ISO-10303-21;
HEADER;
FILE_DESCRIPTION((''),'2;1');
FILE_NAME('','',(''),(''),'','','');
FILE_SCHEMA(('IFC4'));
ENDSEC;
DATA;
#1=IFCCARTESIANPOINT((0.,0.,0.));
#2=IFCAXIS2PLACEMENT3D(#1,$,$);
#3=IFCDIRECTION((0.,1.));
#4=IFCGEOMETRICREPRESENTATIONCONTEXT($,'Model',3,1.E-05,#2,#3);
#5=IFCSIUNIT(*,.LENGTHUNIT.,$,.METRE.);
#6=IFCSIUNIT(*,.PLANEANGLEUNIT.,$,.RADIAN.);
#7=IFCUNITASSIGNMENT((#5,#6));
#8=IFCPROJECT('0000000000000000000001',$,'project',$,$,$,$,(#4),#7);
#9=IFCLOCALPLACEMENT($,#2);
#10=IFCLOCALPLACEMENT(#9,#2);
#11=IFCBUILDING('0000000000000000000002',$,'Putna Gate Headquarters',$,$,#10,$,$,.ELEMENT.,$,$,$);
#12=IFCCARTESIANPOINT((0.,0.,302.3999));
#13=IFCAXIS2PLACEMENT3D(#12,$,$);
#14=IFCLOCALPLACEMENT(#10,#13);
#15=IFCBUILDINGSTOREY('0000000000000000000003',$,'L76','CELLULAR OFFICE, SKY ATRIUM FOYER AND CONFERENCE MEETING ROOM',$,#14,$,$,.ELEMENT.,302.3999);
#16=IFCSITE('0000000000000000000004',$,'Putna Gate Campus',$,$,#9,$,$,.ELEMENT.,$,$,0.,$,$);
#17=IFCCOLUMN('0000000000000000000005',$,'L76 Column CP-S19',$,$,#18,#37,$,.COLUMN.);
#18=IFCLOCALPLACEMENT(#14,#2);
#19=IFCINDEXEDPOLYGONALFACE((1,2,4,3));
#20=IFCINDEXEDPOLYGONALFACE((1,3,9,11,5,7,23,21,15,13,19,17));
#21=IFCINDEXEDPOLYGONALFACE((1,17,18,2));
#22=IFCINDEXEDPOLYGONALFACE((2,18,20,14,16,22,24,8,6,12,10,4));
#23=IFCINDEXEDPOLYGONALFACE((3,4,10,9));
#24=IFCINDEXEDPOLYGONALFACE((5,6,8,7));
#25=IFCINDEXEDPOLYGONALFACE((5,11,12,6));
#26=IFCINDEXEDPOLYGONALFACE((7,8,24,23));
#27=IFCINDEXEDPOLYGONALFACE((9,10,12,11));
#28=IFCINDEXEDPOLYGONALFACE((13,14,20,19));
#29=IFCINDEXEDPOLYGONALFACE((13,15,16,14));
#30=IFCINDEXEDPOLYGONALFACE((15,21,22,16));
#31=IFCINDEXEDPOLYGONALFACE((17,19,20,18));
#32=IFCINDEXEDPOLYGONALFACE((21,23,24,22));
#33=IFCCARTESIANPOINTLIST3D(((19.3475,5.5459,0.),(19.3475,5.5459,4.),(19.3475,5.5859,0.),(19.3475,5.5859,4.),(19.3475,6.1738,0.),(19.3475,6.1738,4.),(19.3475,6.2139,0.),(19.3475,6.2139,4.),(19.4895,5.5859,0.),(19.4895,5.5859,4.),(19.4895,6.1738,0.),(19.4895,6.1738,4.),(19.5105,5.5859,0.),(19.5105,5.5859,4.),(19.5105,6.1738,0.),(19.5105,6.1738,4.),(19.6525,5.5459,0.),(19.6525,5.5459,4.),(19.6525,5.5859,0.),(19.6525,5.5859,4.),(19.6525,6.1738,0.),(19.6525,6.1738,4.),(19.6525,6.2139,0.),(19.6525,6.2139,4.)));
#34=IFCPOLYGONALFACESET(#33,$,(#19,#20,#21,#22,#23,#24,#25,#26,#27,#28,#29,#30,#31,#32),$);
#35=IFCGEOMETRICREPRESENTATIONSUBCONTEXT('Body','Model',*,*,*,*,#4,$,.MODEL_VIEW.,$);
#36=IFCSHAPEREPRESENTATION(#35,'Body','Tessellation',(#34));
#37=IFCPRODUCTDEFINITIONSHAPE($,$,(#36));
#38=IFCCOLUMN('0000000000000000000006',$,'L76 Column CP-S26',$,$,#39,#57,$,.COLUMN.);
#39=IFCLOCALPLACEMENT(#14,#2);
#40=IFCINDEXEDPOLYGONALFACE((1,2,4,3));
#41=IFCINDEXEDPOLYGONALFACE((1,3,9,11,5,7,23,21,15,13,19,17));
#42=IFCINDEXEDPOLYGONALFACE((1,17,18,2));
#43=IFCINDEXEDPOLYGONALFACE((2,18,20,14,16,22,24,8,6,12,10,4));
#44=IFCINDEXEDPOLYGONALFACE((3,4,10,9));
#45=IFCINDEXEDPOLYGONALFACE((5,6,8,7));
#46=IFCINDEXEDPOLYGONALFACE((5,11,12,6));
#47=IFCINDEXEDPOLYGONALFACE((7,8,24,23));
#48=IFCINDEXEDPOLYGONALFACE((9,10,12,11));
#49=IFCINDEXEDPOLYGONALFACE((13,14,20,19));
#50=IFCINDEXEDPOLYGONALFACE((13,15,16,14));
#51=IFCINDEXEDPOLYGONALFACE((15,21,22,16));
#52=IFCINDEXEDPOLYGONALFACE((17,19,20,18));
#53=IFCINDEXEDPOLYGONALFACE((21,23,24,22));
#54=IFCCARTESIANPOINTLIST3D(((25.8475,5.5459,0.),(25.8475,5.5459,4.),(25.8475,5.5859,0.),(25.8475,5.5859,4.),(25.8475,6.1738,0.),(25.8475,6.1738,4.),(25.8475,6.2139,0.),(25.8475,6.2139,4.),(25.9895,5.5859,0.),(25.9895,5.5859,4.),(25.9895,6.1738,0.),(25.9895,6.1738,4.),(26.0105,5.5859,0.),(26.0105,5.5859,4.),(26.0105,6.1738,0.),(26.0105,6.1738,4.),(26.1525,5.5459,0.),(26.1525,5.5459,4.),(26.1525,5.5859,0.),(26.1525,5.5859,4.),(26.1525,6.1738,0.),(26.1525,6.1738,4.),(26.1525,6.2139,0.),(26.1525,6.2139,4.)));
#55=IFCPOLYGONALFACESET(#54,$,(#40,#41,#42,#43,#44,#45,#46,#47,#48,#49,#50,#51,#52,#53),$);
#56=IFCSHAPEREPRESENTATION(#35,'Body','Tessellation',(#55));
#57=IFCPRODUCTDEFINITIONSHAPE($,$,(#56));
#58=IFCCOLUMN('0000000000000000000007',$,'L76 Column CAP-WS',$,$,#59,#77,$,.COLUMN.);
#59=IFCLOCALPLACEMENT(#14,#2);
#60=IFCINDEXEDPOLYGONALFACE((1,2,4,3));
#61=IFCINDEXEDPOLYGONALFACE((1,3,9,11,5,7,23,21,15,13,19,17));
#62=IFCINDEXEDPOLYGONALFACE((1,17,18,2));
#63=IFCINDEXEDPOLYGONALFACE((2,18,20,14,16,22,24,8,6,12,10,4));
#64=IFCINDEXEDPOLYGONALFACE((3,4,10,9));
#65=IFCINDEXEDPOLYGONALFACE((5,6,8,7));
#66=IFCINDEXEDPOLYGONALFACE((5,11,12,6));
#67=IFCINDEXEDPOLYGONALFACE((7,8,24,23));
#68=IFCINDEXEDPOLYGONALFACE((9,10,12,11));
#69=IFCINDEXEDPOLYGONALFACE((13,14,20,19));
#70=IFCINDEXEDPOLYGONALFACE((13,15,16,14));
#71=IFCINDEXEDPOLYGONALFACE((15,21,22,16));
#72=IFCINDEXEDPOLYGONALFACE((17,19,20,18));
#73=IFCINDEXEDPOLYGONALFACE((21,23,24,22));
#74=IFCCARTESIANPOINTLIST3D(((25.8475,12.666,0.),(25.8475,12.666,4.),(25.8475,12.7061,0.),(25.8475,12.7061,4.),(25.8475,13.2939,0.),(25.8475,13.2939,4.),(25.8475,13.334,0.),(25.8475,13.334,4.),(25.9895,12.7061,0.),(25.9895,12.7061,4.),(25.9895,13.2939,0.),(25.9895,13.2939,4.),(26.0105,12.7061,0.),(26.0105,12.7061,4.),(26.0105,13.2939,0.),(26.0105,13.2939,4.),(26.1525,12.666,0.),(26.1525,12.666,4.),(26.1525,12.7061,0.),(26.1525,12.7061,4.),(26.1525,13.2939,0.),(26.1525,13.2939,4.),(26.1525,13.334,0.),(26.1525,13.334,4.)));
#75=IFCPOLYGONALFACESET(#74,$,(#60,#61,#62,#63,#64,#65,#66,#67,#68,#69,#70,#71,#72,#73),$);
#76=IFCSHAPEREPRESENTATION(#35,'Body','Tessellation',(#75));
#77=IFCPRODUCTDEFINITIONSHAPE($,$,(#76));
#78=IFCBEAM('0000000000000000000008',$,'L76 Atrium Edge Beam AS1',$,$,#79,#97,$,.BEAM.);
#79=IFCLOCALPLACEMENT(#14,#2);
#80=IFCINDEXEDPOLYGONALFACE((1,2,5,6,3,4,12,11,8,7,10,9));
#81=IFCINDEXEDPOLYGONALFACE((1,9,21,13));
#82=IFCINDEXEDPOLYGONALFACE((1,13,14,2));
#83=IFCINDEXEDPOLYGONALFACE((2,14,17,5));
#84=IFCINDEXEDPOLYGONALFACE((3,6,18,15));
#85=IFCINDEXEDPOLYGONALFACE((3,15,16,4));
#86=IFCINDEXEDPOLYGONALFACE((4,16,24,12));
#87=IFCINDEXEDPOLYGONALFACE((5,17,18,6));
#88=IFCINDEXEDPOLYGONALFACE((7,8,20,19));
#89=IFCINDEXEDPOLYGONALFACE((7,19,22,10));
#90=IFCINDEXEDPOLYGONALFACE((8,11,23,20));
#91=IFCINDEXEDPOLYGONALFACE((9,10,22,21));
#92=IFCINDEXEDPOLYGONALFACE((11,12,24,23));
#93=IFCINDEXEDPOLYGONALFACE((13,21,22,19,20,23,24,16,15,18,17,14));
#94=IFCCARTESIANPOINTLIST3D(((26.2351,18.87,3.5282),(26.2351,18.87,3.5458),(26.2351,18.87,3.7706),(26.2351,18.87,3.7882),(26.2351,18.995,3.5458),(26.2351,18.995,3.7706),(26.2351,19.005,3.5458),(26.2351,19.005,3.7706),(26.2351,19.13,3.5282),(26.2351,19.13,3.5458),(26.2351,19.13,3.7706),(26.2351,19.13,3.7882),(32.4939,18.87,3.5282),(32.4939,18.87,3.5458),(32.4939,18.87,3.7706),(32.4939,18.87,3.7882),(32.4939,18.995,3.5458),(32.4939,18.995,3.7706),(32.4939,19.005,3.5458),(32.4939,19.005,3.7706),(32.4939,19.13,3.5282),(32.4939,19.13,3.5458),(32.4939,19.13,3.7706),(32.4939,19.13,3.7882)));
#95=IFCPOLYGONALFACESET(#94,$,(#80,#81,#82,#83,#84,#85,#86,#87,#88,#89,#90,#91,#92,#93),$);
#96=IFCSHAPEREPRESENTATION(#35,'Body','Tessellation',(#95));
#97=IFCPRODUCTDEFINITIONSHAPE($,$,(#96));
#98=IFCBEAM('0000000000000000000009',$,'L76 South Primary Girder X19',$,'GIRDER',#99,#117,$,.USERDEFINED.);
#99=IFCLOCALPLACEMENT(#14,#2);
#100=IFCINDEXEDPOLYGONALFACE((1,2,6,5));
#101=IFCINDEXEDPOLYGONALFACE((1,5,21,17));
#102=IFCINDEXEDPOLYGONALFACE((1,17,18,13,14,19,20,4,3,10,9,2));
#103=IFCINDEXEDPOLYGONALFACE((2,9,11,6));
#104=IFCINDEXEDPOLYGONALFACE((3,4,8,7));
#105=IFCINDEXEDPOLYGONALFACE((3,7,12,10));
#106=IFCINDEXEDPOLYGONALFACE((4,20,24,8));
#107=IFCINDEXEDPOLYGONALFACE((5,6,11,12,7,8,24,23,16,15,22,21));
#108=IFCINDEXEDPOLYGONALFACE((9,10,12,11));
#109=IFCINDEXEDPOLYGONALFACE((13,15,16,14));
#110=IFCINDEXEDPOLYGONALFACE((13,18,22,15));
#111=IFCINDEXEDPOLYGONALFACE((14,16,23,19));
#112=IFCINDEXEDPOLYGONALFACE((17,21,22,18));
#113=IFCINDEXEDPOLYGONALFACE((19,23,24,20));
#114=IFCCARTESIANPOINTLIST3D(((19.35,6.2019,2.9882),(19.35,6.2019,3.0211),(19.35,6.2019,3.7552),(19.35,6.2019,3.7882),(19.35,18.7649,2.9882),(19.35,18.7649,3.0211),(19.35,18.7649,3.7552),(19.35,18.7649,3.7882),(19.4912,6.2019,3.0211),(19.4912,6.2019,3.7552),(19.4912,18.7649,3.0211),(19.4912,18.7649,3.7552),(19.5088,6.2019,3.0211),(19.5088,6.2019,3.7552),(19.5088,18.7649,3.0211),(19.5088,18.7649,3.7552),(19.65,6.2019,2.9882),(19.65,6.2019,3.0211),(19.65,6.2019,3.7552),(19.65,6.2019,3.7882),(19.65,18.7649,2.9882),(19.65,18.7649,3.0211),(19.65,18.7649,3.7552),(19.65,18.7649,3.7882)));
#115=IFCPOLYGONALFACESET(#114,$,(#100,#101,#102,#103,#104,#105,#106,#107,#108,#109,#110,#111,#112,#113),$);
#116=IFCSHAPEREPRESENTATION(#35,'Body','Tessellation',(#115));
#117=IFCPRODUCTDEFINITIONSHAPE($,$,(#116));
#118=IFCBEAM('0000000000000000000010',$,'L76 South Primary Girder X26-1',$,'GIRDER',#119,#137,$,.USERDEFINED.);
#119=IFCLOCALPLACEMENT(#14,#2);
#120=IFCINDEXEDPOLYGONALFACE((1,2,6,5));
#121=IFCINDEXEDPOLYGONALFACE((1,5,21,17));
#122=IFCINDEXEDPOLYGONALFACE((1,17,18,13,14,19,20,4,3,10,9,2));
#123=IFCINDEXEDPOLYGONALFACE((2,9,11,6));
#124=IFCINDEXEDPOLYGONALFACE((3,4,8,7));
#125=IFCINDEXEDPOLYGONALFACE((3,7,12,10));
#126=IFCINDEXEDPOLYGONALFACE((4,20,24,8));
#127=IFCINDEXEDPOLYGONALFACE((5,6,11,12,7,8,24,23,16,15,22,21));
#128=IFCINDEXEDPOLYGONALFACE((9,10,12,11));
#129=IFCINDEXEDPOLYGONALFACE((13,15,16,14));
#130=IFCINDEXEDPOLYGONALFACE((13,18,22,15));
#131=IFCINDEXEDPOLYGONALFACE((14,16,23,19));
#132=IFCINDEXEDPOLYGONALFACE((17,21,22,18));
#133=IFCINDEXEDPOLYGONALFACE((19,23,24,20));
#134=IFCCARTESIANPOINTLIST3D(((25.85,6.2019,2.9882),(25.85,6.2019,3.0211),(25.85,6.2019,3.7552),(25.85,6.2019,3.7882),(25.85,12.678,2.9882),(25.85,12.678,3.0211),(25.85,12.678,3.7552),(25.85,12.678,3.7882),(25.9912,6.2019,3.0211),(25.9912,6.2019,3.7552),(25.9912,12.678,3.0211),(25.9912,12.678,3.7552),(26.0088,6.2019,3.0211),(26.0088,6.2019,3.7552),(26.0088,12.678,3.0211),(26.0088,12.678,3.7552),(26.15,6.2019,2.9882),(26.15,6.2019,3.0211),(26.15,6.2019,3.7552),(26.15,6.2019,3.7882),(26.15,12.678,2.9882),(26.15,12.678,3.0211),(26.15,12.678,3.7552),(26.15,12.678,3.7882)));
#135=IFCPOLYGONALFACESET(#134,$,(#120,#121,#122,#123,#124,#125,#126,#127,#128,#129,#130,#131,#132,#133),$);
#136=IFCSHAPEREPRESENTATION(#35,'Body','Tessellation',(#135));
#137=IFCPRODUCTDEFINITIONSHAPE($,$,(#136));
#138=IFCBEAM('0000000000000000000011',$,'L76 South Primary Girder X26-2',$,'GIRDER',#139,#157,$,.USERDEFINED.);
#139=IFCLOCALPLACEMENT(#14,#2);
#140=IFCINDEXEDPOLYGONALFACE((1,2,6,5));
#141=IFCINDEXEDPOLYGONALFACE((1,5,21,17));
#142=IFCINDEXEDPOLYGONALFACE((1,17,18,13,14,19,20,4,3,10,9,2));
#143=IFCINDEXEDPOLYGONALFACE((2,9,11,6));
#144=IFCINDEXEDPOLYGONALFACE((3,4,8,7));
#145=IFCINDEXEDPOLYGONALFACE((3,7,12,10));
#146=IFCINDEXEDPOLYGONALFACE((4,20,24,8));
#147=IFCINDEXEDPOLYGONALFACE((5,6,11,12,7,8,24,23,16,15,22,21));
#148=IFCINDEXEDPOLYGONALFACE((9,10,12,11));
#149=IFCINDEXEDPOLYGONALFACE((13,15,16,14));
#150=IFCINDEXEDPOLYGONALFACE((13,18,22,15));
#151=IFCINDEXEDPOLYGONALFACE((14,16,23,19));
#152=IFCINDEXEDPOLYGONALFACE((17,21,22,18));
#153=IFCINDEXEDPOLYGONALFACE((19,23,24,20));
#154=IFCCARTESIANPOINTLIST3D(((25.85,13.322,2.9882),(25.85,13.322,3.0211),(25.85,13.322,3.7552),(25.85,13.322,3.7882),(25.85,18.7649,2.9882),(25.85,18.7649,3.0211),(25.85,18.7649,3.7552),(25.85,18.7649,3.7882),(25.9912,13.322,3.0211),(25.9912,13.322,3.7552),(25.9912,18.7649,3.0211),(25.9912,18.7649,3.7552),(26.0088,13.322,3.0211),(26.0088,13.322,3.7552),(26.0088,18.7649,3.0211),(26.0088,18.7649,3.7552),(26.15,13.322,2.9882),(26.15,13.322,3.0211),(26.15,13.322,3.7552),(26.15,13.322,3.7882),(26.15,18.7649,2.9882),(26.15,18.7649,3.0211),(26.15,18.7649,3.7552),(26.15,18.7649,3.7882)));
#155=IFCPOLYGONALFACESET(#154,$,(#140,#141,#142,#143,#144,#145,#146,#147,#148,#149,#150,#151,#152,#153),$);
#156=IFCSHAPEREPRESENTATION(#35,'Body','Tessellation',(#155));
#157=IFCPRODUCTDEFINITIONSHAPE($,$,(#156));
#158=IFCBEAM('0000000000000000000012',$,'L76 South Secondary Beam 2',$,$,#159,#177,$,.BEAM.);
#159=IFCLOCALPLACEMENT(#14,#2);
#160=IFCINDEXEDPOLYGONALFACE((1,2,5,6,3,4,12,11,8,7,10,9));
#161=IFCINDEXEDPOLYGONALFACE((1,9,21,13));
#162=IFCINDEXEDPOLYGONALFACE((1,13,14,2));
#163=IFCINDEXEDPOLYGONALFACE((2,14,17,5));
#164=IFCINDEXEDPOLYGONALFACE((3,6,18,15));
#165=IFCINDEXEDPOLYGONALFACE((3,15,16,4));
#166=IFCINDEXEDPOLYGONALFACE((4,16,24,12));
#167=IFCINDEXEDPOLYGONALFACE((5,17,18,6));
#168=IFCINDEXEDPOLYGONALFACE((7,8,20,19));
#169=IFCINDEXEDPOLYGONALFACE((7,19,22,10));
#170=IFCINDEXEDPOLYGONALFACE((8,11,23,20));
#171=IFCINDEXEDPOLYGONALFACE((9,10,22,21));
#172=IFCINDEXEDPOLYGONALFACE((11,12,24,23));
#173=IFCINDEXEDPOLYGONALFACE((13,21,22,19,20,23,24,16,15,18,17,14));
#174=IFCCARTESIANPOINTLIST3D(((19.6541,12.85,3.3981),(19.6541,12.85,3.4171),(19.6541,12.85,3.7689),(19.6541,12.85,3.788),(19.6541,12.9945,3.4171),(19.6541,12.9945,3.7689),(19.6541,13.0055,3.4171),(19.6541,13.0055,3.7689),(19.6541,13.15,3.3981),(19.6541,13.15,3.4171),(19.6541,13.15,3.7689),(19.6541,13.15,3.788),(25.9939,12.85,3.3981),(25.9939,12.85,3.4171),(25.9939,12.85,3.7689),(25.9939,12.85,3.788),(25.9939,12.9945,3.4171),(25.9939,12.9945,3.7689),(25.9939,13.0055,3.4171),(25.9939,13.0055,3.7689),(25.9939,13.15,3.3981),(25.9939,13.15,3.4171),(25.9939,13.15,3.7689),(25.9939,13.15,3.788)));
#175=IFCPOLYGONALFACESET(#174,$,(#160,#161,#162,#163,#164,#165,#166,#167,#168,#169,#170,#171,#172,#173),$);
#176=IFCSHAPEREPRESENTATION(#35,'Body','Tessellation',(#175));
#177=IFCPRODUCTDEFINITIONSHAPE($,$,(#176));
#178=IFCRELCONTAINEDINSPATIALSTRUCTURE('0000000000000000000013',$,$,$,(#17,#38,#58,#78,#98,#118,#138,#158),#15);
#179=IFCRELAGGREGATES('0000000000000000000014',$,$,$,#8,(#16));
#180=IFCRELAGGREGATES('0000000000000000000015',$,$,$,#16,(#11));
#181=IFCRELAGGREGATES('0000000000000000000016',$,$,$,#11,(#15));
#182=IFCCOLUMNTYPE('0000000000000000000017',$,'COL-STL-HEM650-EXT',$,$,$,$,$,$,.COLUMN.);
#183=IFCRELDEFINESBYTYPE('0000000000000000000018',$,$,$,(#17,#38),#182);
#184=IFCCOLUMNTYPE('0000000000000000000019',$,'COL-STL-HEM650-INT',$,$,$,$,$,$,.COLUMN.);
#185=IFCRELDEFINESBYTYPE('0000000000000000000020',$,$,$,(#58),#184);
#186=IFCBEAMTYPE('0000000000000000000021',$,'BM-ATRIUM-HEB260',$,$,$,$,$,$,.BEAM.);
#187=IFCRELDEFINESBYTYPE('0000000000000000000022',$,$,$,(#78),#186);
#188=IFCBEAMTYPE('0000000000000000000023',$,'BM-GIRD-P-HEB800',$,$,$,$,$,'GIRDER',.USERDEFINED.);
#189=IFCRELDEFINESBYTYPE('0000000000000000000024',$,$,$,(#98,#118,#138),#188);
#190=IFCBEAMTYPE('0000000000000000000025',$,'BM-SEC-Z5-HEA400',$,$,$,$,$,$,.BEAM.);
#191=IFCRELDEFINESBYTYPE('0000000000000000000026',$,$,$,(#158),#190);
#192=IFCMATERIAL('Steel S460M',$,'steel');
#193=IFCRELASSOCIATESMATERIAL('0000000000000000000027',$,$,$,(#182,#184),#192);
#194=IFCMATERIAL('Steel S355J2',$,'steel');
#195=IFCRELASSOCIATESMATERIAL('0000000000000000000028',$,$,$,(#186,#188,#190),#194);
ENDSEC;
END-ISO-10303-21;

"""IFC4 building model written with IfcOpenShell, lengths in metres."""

from ifc_helpers import new_model, si_unit, direction, frame, origin, origin_2d, place, context, subcontext, project, spatial, i_section, extrude, material, material_profile, profile_set, type_object, element, save


model = new_model("IFC4")

# Units and contexts
model_context = context("Model", 3, precision=1e-05, world=origin(), true_north=direction((0.0, 1.0)))
body_context = subcontext(model_context, "Body", "Model", "MODEL_VIEW")
ifc_project = project(units=[si_unit("LENGTHUNIT", "METRE"), si_unit("PLANEANGLEUNIT", "RADIAN")], contexts=[model_context])

# Site, building, storey
site_placement = place(None, origin())
site = spatial("IfcSite", under=ifc_project, at=site_placement, Name="Putna Gate Campus", CompositionType="ELEMENT", RefElevation=0.0)
building_placement = place(site_placement, origin())
building = spatial("IfcBuilding", under=site, at=building_placement, Name="Putna Gate Headquarters", CompositionType="ELEMENT")
storey_placement = place(building_placement, frame((0.0, 0.0, 302.3999)))
storey = spatial("IfcBuildingStorey", under=building, at=storey_placement, Name="L76", Description="CELLULAR OFFICE, SKY ATRIUM FOYER AND CONFERENCE MEETING ROOM", CompositionType="ELEMENT", Elevation=302.3999)

# Columns
ifc_material_1 = material(Name="Steel S460M", Category="steel")
ifc_material_profile_1 = material_profile(ifc_material_1, i_section(OverallWidth=0.3049, OverallDepth=0.668, WebThickness=0.021, FlangeThickness=0.04, at=origin_2d()), Name="Steel S460M")
ifc_profile_set_1 = profile_set([ifc_material_profile_1], Name="Steel S460M")
column_type_1 = type_object("IfcColumnType", Name="COL-STL-HEM650-EXT", PredefinedType="COLUMN", material=ifc_profile_set_1)
for number, where, z_axis, x_axis, name in (
    (1, (19.5, 5.8799, 0.0), (0.0, 0.0, 1.0), (1.0, 0.0, 0.0), "L76 Column CP-S19"),
    (2, (26.0, 5.8799, 0.0), (0.0, 0.0, 1.0), (1.0, 0.0, 0.0), "L76 Column CP-S26"),
):
    element("IfcColumn", number, at=place(storey_placement, frame(where, z_axis=z_axis, x_axis=x_axis)), inside=storey, type_object=column_type_1, Name=name, PredefinedType="COLUMN", context=body_context, shape_type="SweptSolid", body=[
        extrude(i_section(OverallWidth=0.3049, OverallDepth=0.668, WebThickness=0.021, FlangeThickness=0.04, at=origin_2d()), origin(), (0.0, 0.0, 1.0), 4.0),
    ])
ifc_material_profile_2 = material_profile(ifc_material_1, i_section(OverallWidth=0.3049, OverallDepth=0.668, WebThickness=0.021, FlangeThickness=0.04, at=origin_2d()), Name="Steel S460M")
ifc_profile_set_2 = profile_set([ifc_material_profile_2], Name="Steel S460M")
column_type_2 = type_object("IfcColumnType", Name="COL-STL-HEM650-INT", PredefinedType="COLUMN", material=ifc_profile_set_2)
column_placement = place(storey_placement, frame((26.0, 13.0, 0.0), z_axis=(0.0, 0.0, 1.0), x_axis=(1.0, 0.0, 0.0)))
element("IfcColumn", 3, at=column_placement, inside=storey, type_object=column_type_2, Name="L76 Column CAP-WS", PredefinedType="COLUMN", context=body_context, shape_type="SweptSolid", body=[
    extrude(i_section(OverallWidth=0.3049, OverallDepth=0.668, WebThickness=0.021, FlangeThickness=0.04, at=origin_2d()), origin(), (0.0, 0.0, 1.0), 4.0),
])

# Beams
ifc_material_2 = material(Name="Steel S355J2", Category="steel")
ifc_material_profile_3 = material_profile(ifc_material_2, i_section(OverallWidth=0.26, OverallDepth=0.26, WebThickness=0.01, FlangeThickness=0.0176, at=origin_2d()), Name="Steel S355J2")
ifc_profile_set_3 = profile_set([ifc_material_profile_3], Name="Steel S355J2")
beam_type_1 = type_object("IfcBeamType", Name="BM-ATRIUM-HEB260", PredefinedType="BEAM", material=ifc_profile_set_3)
beam_1_placement = place(storey_placement, frame((26.2351, 19.0, 3.6582), z_axis=(1.0, 0.0, 0.0), x_axis=(0.0, 1.0, 0.0)))
element("IfcBeam", 4, at=beam_1_placement, inside=storey, type_object=beam_type_1, Name="L76 Atrium Edge Beam AS1", PredefinedType="BEAM", context=body_context, shape_type="SweptSolid", body=[
    extrude(i_section(OverallWidth=0.26, OverallDepth=0.26, WebThickness=0.01, FlangeThickness=0.0176, at=origin_2d()), origin(), (0.0, 0.0, 1.0), 6.2588),
])
ifc_material_profile_4 = material_profile(ifc_material_2, i_section(OverallWidth=0.3, OverallDepth=0.8, WebThickness=0.0176, FlangeThickness=0.033, at=origin_2d()), Name="Steel S355J2")
ifc_profile_set_4 = profile_set([ifc_material_profile_4], Name="Steel S355J2")
beam_type_2 = type_object("IfcBeamType", Name="BM-GIRD-P-HEB800", ElementType="GIRDER", PredefinedType="USERDEFINED", material=ifc_profile_set_4)
beam_2_placement = place(storey_placement, frame((19.5, 6.2019, 3.3882), z_axis=(0.0, 1.0, 0.0), x_axis=(-1.0, 0.0, 0.0)))
element("IfcBeam", 5, at=beam_2_placement, inside=storey, type_object=beam_type_2, Name="L76 South Primary Girder X19", ObjectType="GIRDER", PredefinedType="USERDEFINED", context=body_context, shape_type="SweptSolid", body=[
    extrude(i_section(OverallWidth=0.3, OverallDepth=0.8, WebThickness=0.0176, FlangeThickness=0.033, at=origin_2d()), origin(), (0.0, 0.0, 1.0), 12.563),
])
beam_3_placement = place(storey_placement, frame((26.0, 6.2019, 3.3882), z_axis=(0.0, 1.0, 0.0), x_axis=(-1.0, 0.0, 0.0)))
element("IfcBeam", 6, at=beam_3_placement, inside=storey, type_object=beam_type_2, Name="L76 South Primary Girder X26-1", ObjectType="GIRDER", PredefinedType="USERDEFINED", context=body_context, shape_type="SweptSolid", body=[
    extrude(i_section(OverallWidth=0.3, OverallDepth=0.8, WebThickness=0.0176, FlangeThickness=0.033, at=origin_2d()), origin(), (0.0, 0.0, 1.0), 6.4761),
])
beam_4_placement = place(storey_placement, frame((26.0, 13.322, 3.3882), z_axis=(0.0, 1.0, 0.0), x_axis=(-1.0, 0.0, 0.0)))
element("IfcBeam", 7, at=beam_4_placement, inside=storey, type_object=beam_type_2, Name="L76 South Primary Girder X26-2", ObjectType="GIRDER", PredefinedType="USERDEFINED", context=body_context, shape_type="SweptSolid", body=[
    extrude(i_section(OverallWidth=0.3, OverallDepth=0.8, WebThickness=0.0176, FlangeThickness=0.033, at=origin_2d()), origin(), (0.0, 0.0, 1.0), 5.4429),
])
ifc_material_profile_5 = material_profile(ifc_material_2, i_section(OverallWidth=0.3, OverallDepth=0.3899, WebThickness=0.011, FlangeThickness=0.019, at=origin_2d()), Name="Steel S355J2")
ifc_profile_set_5 = profile_set([ifc_material_profile_5], Name="Steel S355J2")
beam_type_3 = type_object("IfcBeamType", Name="BM-SEC-Z5-HEA400", PredefinedType="BEAM", material=ifc_profile_set_5)
for number, where, z_axis, x_axis, name in (
    (8, (19.6541, 13.0, 3.593), (1.0, 0.0, 0.0), (0.0, 1.0, 0.0), "L76 South Secondary Beam 2"),
):
    element("IfcBeam", number, at=place(storey_placement, frame(where, z_axis=z_axis, x_axis=x_axis)), inside=storey, type_object=beam_type_3, Name=name, PredefinedType="BEAM", context=body_context, shape_type="SweptSolid", body=[
        extrude(i_section(OverallWidth=0.3, OverallDepth=0.3899, WebThickness=0.011, FlangeThickness=0.019, at=origin_2d()), origin(), (0.0, 0.0, 1.0), 6.3398),
    ])

save(model, "model.ifc")
